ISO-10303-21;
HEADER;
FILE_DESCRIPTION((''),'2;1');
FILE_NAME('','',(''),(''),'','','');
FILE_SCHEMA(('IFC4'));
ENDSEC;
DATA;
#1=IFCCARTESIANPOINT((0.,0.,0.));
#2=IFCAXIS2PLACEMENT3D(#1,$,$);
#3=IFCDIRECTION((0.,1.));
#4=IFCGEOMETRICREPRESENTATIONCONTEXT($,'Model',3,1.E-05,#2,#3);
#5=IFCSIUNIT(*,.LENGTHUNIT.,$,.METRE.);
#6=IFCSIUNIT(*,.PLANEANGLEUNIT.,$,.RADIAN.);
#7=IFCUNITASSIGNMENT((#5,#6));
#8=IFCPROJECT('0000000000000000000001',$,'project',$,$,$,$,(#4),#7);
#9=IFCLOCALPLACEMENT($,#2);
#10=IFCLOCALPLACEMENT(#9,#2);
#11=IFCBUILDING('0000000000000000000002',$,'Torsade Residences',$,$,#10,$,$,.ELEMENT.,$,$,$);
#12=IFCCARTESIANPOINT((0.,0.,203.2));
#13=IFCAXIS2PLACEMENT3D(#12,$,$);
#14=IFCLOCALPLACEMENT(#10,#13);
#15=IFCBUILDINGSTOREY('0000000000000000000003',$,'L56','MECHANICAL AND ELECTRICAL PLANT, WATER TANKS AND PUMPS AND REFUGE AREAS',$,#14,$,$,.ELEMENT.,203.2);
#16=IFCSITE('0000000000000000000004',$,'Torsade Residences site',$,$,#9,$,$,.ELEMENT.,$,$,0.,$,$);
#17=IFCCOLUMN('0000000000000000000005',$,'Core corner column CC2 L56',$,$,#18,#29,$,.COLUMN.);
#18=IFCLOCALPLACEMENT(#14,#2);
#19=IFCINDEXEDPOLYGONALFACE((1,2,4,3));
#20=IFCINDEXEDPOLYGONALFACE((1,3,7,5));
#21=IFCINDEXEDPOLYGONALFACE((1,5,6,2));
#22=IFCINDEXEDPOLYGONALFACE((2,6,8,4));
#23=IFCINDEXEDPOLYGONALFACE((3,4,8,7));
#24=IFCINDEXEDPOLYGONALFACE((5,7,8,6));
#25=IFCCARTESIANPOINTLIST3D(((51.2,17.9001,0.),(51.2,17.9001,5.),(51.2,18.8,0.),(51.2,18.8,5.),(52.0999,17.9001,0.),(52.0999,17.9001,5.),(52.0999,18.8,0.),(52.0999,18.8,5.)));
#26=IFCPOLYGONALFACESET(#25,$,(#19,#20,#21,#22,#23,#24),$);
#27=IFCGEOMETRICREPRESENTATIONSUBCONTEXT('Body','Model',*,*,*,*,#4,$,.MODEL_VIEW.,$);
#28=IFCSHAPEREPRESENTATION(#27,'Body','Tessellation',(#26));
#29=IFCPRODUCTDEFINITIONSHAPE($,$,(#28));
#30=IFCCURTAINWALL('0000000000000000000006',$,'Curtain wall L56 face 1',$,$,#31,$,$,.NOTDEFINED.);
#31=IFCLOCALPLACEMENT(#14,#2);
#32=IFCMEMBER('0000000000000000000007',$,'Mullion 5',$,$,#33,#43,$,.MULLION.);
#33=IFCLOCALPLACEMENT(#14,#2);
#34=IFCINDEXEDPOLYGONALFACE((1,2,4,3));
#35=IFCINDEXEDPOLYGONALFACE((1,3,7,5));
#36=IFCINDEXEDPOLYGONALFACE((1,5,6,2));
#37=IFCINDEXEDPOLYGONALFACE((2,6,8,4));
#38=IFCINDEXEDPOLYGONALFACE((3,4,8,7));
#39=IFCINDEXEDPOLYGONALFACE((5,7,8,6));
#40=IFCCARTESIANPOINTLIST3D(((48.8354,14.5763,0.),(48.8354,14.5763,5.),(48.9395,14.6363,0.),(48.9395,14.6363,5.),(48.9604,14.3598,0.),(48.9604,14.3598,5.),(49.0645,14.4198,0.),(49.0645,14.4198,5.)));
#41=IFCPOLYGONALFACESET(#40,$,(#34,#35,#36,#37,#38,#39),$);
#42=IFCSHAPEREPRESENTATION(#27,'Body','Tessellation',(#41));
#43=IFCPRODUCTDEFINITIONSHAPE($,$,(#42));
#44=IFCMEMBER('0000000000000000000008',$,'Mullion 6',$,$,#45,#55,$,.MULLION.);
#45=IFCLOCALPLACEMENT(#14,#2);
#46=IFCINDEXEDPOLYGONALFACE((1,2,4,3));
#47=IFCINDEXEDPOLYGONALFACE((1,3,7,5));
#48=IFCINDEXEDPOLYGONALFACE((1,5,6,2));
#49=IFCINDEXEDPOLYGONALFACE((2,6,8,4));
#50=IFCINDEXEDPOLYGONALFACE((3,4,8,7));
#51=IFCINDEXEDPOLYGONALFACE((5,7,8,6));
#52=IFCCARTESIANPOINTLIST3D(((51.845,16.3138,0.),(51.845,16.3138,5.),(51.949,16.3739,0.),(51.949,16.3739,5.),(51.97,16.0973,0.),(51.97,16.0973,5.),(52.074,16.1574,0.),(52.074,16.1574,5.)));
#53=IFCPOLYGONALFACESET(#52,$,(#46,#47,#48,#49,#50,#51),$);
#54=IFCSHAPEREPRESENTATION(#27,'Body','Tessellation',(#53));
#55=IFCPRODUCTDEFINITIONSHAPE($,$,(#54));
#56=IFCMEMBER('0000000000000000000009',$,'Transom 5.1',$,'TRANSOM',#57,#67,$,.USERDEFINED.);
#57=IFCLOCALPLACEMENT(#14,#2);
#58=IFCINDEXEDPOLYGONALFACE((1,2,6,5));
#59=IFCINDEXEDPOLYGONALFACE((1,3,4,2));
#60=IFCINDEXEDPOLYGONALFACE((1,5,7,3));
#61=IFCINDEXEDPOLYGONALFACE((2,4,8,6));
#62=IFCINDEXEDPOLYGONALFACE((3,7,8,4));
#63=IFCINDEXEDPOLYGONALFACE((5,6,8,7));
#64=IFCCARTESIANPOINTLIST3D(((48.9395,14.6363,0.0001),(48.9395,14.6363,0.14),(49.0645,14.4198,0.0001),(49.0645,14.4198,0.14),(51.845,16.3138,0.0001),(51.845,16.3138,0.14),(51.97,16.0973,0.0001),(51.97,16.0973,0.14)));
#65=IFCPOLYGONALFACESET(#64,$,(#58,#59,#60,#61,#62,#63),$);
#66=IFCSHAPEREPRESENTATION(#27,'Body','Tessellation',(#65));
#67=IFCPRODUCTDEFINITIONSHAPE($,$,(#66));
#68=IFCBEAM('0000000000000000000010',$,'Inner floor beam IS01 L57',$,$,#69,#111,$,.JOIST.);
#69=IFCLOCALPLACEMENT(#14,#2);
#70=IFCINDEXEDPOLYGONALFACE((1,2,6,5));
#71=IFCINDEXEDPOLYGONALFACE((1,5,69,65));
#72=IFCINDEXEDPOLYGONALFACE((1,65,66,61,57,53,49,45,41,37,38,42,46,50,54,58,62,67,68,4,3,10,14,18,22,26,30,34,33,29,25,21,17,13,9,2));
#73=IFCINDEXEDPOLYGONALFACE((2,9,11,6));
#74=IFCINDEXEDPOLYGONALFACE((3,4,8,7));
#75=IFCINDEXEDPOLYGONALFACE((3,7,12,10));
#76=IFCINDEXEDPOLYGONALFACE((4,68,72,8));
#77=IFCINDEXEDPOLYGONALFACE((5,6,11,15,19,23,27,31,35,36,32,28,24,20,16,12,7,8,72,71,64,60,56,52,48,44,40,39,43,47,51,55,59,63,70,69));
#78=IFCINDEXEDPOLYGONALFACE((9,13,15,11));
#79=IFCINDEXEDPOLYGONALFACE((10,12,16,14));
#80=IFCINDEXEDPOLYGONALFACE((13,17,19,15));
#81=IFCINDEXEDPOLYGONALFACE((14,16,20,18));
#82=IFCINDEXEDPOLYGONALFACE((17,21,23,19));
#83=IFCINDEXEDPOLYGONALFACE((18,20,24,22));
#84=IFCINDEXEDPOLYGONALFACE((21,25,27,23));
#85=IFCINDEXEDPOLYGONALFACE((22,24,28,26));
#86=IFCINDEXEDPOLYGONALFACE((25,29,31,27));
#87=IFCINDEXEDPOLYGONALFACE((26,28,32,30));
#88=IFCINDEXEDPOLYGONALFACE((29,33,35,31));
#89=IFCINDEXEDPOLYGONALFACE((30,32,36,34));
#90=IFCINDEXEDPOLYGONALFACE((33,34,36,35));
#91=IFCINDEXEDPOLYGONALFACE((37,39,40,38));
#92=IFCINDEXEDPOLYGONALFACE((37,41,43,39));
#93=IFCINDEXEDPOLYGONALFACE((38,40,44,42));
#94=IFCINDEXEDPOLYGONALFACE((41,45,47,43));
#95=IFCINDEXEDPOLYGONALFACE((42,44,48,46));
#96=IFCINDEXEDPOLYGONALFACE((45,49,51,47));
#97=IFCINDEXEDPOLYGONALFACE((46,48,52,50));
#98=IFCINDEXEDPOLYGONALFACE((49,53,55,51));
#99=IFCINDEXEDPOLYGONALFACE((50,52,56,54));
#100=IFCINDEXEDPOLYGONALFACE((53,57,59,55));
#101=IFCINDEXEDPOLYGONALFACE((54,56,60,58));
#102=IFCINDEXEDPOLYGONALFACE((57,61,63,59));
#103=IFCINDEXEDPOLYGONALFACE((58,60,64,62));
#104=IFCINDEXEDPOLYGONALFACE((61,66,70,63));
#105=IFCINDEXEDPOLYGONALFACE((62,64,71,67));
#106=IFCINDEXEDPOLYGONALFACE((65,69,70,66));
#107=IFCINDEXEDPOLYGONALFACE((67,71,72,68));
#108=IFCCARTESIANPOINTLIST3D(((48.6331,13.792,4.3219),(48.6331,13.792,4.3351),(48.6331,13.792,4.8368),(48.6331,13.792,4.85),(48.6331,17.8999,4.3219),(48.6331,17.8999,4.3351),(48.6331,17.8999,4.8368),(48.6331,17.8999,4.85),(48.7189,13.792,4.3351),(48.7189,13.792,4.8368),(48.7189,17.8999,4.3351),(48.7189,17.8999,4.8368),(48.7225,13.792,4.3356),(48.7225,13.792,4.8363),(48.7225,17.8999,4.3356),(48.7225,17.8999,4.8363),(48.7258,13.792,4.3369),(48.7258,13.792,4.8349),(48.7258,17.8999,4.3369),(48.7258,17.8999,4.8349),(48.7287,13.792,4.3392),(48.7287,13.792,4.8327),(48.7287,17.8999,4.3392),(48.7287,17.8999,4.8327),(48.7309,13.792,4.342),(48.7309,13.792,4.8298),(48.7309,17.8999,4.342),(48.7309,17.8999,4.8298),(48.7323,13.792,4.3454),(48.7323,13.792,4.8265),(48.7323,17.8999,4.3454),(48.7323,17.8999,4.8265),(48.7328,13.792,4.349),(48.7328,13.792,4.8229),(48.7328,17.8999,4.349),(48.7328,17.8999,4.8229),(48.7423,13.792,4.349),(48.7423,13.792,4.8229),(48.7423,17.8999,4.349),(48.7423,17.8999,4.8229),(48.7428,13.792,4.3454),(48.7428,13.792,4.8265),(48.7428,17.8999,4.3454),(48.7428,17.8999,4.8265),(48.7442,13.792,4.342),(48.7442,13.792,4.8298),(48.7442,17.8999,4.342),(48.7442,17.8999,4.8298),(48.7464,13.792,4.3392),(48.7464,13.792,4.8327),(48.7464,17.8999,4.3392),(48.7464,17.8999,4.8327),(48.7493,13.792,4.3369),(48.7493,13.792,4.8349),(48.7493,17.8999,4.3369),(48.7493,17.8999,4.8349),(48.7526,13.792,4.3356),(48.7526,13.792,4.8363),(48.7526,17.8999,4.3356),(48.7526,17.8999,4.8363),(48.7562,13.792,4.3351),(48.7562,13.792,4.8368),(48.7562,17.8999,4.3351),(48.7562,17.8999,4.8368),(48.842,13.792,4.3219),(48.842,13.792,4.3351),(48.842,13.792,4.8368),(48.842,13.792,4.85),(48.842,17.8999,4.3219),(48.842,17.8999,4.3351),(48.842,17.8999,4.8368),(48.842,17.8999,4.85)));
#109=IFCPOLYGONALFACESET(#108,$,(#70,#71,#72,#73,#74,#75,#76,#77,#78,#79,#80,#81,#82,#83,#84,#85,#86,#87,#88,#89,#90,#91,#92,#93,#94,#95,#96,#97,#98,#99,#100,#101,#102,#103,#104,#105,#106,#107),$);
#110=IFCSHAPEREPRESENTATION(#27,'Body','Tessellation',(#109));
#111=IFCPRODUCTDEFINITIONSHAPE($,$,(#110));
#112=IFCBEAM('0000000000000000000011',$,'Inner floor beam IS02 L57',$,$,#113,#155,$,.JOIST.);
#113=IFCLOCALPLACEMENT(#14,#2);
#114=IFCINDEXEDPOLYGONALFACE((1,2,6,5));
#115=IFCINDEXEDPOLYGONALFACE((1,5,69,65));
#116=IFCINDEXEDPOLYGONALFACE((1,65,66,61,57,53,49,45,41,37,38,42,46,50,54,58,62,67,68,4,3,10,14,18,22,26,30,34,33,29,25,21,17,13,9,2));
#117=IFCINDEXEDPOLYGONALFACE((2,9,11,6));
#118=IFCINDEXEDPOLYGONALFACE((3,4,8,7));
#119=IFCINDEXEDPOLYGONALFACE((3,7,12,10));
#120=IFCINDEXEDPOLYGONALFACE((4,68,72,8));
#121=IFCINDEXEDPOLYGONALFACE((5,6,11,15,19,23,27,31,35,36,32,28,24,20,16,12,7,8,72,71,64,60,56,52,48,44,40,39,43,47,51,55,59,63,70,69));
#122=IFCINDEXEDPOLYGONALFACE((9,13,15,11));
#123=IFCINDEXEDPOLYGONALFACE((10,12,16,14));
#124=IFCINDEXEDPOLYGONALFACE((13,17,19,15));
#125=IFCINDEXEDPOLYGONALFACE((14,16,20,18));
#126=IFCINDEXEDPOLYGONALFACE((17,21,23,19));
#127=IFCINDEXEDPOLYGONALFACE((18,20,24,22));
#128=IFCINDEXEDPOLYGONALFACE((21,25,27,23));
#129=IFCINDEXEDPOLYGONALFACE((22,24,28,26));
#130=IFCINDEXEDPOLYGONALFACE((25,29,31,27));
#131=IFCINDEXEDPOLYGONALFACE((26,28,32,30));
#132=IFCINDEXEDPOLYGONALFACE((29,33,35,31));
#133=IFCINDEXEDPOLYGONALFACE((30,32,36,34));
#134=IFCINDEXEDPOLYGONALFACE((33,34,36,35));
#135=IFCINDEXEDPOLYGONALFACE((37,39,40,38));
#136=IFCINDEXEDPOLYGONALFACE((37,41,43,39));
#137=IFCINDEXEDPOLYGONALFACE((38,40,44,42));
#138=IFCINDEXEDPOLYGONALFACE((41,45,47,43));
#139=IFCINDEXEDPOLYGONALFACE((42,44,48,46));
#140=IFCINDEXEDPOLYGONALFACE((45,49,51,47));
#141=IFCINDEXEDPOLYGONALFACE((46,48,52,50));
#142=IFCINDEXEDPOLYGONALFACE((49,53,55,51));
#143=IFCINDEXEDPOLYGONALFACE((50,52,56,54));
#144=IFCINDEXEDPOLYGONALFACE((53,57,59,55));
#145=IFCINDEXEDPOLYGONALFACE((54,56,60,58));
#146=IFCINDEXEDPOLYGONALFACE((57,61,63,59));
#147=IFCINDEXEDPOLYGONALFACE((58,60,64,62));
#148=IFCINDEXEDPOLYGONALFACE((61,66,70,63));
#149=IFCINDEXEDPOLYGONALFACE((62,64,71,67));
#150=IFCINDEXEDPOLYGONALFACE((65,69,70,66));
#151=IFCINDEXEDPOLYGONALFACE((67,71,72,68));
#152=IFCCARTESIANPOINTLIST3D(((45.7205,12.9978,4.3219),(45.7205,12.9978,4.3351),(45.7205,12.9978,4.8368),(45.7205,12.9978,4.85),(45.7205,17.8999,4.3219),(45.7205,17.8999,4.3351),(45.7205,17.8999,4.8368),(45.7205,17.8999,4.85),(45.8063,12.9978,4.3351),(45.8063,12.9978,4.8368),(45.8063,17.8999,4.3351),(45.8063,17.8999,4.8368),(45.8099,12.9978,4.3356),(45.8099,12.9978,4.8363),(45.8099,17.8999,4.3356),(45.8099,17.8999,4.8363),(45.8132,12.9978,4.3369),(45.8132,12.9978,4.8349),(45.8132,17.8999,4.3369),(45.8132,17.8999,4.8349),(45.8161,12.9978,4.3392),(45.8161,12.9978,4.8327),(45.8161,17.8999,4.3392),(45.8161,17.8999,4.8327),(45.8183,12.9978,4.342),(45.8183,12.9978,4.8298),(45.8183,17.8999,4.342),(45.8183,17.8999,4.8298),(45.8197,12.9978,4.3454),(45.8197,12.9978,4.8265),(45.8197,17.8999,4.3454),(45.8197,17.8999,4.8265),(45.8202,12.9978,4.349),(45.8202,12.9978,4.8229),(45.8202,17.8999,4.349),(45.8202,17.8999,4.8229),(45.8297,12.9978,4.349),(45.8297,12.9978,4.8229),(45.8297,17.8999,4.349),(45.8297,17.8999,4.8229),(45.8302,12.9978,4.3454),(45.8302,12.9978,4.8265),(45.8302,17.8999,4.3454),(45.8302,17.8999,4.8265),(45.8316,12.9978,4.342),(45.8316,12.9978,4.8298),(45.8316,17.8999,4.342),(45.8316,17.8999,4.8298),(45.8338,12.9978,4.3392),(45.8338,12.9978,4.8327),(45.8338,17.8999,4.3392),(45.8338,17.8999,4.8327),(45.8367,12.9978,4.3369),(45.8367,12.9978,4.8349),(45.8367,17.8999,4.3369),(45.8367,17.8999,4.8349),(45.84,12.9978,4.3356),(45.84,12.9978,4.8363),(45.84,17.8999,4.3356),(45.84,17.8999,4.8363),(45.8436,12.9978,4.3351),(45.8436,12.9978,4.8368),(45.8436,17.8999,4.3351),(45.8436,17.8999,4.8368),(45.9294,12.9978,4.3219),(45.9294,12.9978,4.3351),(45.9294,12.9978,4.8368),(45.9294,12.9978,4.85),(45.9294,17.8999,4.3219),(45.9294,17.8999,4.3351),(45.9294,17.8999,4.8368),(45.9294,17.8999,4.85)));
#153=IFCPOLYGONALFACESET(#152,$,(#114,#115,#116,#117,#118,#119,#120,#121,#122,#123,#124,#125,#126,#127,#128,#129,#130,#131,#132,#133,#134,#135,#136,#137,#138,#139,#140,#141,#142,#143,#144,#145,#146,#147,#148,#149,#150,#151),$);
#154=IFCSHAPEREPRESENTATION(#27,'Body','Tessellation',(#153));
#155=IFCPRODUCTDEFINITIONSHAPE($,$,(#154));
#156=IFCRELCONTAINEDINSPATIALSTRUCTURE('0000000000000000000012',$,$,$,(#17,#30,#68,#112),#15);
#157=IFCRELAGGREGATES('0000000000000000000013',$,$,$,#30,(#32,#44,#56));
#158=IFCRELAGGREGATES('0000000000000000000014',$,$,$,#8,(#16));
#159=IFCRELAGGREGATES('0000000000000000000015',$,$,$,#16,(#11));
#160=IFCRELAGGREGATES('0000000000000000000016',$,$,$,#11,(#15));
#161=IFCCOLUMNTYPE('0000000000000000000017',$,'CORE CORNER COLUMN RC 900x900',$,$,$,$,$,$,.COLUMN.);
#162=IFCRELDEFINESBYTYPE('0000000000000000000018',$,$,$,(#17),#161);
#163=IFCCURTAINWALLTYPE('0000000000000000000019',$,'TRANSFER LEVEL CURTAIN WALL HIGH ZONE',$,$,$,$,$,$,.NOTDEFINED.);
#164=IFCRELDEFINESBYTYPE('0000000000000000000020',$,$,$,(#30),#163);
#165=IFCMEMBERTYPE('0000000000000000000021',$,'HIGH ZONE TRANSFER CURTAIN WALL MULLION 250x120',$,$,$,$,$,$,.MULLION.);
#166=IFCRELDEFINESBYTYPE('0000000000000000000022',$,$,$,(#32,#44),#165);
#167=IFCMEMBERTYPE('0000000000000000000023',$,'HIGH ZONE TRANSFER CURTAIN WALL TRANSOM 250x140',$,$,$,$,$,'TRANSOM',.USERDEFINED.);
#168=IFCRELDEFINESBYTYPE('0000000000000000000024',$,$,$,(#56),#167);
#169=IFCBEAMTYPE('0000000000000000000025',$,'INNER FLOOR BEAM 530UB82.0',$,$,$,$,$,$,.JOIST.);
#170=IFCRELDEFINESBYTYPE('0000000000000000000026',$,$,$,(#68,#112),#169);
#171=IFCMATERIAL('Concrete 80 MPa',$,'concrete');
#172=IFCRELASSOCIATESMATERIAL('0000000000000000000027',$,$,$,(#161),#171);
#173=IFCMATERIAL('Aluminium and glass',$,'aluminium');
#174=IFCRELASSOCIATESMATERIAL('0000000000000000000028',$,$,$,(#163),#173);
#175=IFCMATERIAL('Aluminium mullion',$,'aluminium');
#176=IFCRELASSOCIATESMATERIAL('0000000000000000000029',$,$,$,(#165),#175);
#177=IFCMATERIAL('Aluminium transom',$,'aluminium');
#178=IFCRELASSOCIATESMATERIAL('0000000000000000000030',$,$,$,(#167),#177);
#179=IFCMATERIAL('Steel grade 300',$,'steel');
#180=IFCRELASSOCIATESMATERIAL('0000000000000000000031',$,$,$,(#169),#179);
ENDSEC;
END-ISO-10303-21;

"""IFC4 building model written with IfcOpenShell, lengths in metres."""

from ifc_helpers import new_model, si_unit, direction, frame, origin, origin_2d, place, context, subcontext, project, spatial, rectangle, i_section, extrude, material, material_profile, profile_set, type_object, element, aggregate, save


model = new_model("IFC4")

# Units and contexts
model_context = context("Model", 3, precision=1e-05, world=origin(), true_north=direction((0.0, 1.0)))
body_context = subcontext(model_context, "Body", "Model", "MODEL_VIEW")
ifc_project = project(units=[si_unit("LENGTHUNIT", "METRE"), si_unit("PLANEANGLEUNIT", "RADIAN")], contexts=[model_context])

# Site, building, storey
site_placement = place(None, origin())
site = spatial("IfcSite", under=ifc_project, at=site_placement, Name="Torsade Residences site", CompositionType="ELEMENT", RefElevation=0.0)
building_placement = place(site_placement, origin())
building = spatial("IfcBuilding", under=site, at=building_placement, Name="Torsade Residences", CompositionType="ELEMENT")
storey_placement = place(building_placement, frame((0.0, 0.0, 203.2)))
storey = spatial("IfcBuildingStorey", under=building, at=storey_placement, Name="L56", Description="MECHANICAL AND ELECTRICAL PLANT, WATER TANKS AND PUMPS AND REFUGE AREAS", CompositionType="ELEMENT", Elevation=203.2)

# Column
ifc_material_1 = material(Name="Concrete 80 MPa", Category="concrete")
ifc_material_profile_1 = material_profile(ifc_material_1, rectangle(XDim=0.8999, YDim=0.8999, at=origin_2d()), Name="RC 900x900")
ifc_profile_set_1 = profile_set([ifc_material_profile_1], Name="Concrete 80 MPa")
column_type = type_object("IfcColumnType", Name="CORE CORNER COLUMN RC 900x900", PredefinedType="COLUMN", material=ifc_profile_set_1)
column_placement = place(storey_placement, frame((51.6499, 18.3501, 0.0), z_axis=(0.0, 0.0, 1.0), x_axis=(1.0, 0.0, 0.0)))
element("IfcColumn", 1, at=column_placement, inside=storey, type_object=column_type, Name="Core corner column CC2 L56", PredefinedType="COLUMN", context=body_context, shape_type="SweptSolid", body=[
    extrude(rectangle(XDim=0.8999, YDim=0.8999, at=origin_2d()), origin(), (0.0, 0.0, 1.0), 5.0),
])

# Curtain wall, members
ifc_material_2 = material(Name="Aluminium and glass", Category="aluminium")
curtain_wall_type = type_object("IfcCurtainWallType", Name="TRANSFER LEVEL CURTAIN WALL HIGH ZONE", PredefinedType="NOTDEFINED", material=ifc_material_2)
curtain_wall_placement = place(storey_placement, origin())
curtain_wall = element("IfcCurtainWall", 2, at=curtain_wall_placement, inside=storey, type_object=curtain_wall_type, Name="Curtain wall L56 face 1", PredefinedType="NOTDEFINED")
ifc_material_3 = material(Name="Aluminium mullion", Category="aluminium")
ifc_material_profile_2 = material_profile(ifc_material_3, rectangle(XDim=0.25, YDim=0.1201, at=origin_2d()), Name="HIGH ZONE TRANSFER CURTAIN WALL MULLION 250x120")
ifc_profile_set_2 = profile_set([ifc_material_profile_2], Name="Aluminium mullion")
member_type_1 = type_object("IfcMemberType", Name="HIGH ZONE TRANSFER CURTAIN WALL MULLION 250x120", PredefinedType="MULLION", material=ifc_profile_set_2)
member_1_placement = place(storey_placement, frame((48.95, 14.498, 0.0), z_axis=(0.0, 0.0, 1.0), x_axis=(-0.5, 0.866025, 0.0)))
member_1 = element("IfcMember", 3, at=member_1_placement, type_object=member_type_1, Name="Mullion 5", PredefinedType="MULLION", context=body_context, shape_type="SweptSolid", body=[
    extrude(rectangle(XDim=0.25, YDim=0.1201, at=origin_2d()), origin(), (0.0, 0.0, 1.0), 5.0),
])
member_2_placement = place(storey_placement, frame((51.9595, 16.2356, 0.0), z_axis=(0.0, 0.0, 1.0), x_axis=(-0.5, 0.866025, 0.0)))
member_2 = element("IfcMember", 4, at=member_2_placement, type_object=member_type_1, Name="Mullion 6", PredefinedType="MULLION", context=body_context, shape_type="SweptSolid", body=[
    extrude(rectangle(XDim=0.25, YDim=0.1201, at=origin_2d()), origin(), (0.0, 0.0, 1.0), 5.0),
])
ifc_material_4 = material(Name="Aluminium transom", Category="aluminium")
ifc_material_profile_3 = material_profile(ifc_material_4, rectangle(XDim=0.25, YDim=0.1399, at=origin_2d()), Name="HIGH ZONE TRANSFER CURTAIN WALL TRANSOM 250x140")
ifc_profile_set_3 = profile_set([ifc_material_profile_3], Name="Aluminium transom")
member_type_2 = type_object("IfcMemberType", Name="HIGH ZONE TRANSFER CURTAIN WALL TRANSOM 250x140", ElementType="TRANSOM", PredefinedType="USERDEFINED", material=ifc_profile_set_3)
member_3_placement = place(storey_placement, frame((49.002, 14.5281, 0.0701), z_axis=(0.866027, 0.499998, 0.0), x_axis=(-0.499998, 0.866027, 0.0)))
member_3 = element("IfcMember", 5, at=member_3_placement, type_object=member_type_2, Name="Transom 5.1", ObjectType="TRANSOM", PredefinedType="USERDEFINED", context=body_context, shape_type="SweptSolid", body=[
    extrude(rectangle(XDim=0.25, YDim=0.1399, at=origin_2d()), origin(), (0.0, 0.0, 1.0), 3.355),
])

# Beams
ifc_material_5 = material(Name="Steel grade 300", Category="steel")
ifc_material_profile_4 = material_profile(ifc_material_5, i_section(OverallWidth=0.209, OverallDepth=0.5281, WebThickness=0.0095, FlangeThickness=0.0132, FilletRadius=0.0139, at=origin_2d()), Name="530UB82.0")
ifc_profile_set_4 = profile_set([ifc_material_profile_4], Name="Steel grade 300")
beam_type_1 = type_object("IfcBeamType", Name="INNER FLOOR BEAM 530UB82.0", PredefinedType="JOIST", material=ifc_profile_set_4)
beam_1_placement = place(storey_placement, frame((48.7375, 17.8999, 4.5859), z_axis=(0.0, -1.0, 0.0), x_axis=(1.0, 0.0, 0.0)))
element("IfcBeam", 6, at=beam_1_placement, inside=storey, type_object=beam_type_1, Name="Inner floor beam IS01 L57", PredefinedType="JOIST", context=body_context, shape_type="SweptSolid", body=[
    extrude(i_section(OverallWidth=0.209, OverallDepth=0.5281, WebThickness=0.0095, FlangeThickness=0.0132, FilletRadius=0.0139, at=origin_2d()), origin(), (0.0, 0.0, 1.0), 4.1079),
])
beam_2_placement = place(storey_placement, frame((45.825, 17.8999, 4.5859), z_axis=(0.0, -1.0, 0.0), x_axis=(1.0, 0.0, 0.0)))
element("IfcBeam", 7, at=beam_2_placement, inside=storey, type_object=beam_type_1, Name="Inner floor beam IS02 L57", PredefinedType="JOIST", context=body_context, shape_type="SweptSolid", body=[
    extrude(i_section(OverallWidth=0.209, OverallDepth=0.5281, WebThickness=0.0095, FlangeThickness=0.0132, FilletRadius=0.0139, at=origin_2d()), origin(), (0.0, 0.0, 1.0), 4.9021),
])

aggregate(curtain_wall, [member_1, member_2, member_3])

save(model, "model.ifc")
